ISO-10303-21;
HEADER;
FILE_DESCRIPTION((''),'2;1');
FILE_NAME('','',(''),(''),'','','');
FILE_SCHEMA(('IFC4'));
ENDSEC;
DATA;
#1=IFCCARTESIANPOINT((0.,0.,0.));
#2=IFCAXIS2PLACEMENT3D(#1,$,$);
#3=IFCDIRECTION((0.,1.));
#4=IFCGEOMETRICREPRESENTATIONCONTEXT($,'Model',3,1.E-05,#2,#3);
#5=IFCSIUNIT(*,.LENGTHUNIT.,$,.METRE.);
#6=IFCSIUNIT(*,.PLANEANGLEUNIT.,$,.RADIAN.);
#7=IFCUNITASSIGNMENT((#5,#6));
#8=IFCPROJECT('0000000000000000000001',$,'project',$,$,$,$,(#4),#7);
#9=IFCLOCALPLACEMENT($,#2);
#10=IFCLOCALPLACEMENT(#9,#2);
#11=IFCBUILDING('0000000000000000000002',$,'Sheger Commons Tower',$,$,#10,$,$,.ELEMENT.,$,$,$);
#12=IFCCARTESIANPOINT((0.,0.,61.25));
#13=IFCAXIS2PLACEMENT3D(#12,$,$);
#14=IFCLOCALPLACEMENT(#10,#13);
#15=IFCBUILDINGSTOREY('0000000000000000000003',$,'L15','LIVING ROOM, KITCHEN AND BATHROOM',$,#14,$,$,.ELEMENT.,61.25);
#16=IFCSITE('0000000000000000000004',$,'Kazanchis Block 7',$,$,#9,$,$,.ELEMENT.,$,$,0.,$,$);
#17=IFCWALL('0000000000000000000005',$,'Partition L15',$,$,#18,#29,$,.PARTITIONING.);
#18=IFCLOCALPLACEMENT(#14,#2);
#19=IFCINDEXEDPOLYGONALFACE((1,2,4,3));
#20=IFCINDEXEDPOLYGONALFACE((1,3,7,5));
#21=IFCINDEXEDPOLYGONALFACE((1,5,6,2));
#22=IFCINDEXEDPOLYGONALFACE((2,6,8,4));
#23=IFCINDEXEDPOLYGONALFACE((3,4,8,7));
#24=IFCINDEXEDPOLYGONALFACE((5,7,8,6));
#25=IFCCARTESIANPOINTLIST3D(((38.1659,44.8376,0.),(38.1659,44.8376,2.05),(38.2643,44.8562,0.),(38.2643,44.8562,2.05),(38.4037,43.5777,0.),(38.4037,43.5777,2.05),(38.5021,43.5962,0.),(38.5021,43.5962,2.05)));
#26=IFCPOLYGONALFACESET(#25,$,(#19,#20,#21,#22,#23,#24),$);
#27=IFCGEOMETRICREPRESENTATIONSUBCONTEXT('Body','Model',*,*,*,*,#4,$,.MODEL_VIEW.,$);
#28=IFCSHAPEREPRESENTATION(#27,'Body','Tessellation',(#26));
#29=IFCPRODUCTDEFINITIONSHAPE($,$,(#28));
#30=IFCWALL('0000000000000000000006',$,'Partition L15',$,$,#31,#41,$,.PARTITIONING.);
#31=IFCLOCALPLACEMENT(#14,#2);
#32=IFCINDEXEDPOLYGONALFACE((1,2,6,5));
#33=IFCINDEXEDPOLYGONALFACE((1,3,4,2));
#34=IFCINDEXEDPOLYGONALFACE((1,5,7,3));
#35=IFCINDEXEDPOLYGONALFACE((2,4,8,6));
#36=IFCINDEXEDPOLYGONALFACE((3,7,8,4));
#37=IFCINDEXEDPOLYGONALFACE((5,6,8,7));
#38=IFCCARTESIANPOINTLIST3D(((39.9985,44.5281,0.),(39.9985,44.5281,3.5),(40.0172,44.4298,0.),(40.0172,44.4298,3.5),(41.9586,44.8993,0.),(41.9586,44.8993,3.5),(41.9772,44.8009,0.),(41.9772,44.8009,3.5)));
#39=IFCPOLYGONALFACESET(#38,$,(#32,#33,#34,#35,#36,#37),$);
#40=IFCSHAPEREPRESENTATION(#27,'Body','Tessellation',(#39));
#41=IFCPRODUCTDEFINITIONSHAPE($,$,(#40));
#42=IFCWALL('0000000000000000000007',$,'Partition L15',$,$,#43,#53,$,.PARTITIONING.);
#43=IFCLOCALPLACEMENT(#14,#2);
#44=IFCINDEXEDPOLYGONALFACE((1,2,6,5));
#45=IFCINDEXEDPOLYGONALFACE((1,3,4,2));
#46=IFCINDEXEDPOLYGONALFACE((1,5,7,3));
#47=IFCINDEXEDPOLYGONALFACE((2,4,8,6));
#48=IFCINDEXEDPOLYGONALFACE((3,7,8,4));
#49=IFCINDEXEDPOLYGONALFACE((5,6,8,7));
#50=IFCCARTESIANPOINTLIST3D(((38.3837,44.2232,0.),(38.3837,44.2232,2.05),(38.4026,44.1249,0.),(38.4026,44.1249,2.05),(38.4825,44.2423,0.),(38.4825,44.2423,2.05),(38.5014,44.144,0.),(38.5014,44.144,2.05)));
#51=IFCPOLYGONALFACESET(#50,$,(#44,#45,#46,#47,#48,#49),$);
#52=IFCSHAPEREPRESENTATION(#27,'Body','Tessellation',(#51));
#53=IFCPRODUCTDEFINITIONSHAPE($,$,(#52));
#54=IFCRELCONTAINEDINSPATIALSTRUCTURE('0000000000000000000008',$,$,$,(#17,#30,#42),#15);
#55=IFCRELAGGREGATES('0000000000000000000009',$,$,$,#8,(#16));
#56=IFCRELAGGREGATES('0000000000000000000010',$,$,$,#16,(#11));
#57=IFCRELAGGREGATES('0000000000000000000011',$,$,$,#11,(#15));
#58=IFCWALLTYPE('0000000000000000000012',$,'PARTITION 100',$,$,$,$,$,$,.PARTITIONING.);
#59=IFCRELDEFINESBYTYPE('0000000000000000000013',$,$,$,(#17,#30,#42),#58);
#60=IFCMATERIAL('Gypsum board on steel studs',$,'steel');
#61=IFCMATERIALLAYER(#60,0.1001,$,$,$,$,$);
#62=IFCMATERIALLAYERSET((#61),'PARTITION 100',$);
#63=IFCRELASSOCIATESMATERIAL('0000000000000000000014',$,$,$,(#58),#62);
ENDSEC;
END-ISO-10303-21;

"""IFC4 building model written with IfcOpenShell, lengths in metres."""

from ifc_helpers import new_model, si_unit, direction, frame, frame_2d, origin, place, context, subcontext, project, spatial, rectangle, extrude, material, layer, layer_set, type_object, element, save


model = new_model("IFC4")

# Units and contexts
model_context = context("Model", 3, precision=1e-05, world=origin(), true_north=direction((0.0, 1.0)))
body_context = subcontext(model_context, "Body", "Model", "MODEL_VIEW")
ifc_project = project(units=[si_unit("LENGTHUNIT", "METRE"), si_unit("PLANEANGLEUNIT", "RADIAN")], contexts=[model_context])

# Site, building, storey
site_placement = place(None, origin())
site = spatial("IfcSite", under=ifc_project, at=site_placement, Name="Kazanchis Block 7", CompositionType="ELEMENT", RefElevation=0.0)
building_placement = place(site_placement, origin())
building = spatial("IfcBuilding", under=site, at=building_placement, Name="Sheger Commons Tower", CompositionType="ELEMENT")
storey_placement = place(building_placement, frame((0.0, 0.0, 61.25)))
storey = spatial("IfcBuildingStorey", under=building, at=storey_placement, Name="L15", Description="LIVING ROOM, KITCHEN AND BATHROOM", CompositionType="ELEMENT", Elevation=61.25)

# Walls
ifc_material_1 = material(Name="Gypsum board on steel studs", Category="steel")
ifc_layer_1 = layer(ifc_material_1, 0.1001)
ifc_layer_set_1 = layer_set([ifc_layer_1], Name="PARTITION 100")
wall_type_1 = type_object("IfcWallType", Name="PARTITION 100", PredefinedType="PARTITIONING", material=ifc_layer_set_1)
wall_1_placement = place(storey_placement, frame((38.2151, 44.8469, 0.0), z_axis=(0.0, 0.0, 1.0), x_axis=(0.185449, -0.982654, 0.0)))
element("IfcWall", 1, at=wall_1_placement, inside=storey, type_object=wall_type_1, Name="Partition L15", PredefinedType="PARTITIONING", context=body_context, shape_type="SweptSolid", body=[
    extrude(rectangle(XDim=1.2822, YDim=0.1001, at=frame_2d((0.6411, 0.0))), origin(), (0.0, 0.0, 1.0), 2.05),
])
wall_2_placement = place(storey_placement, frame((41.968, 44.8501, 0.0), z_axis=(0.0, 0.0, 1.0), x_axis=(-0.982544, -0.186032, 0.0)))
element("IfcWall", 2, at=wall_2_placement, inside=storey, type_object=wall_type_1, Name="Partition L15", PredefinedType="PARTITIONING", context=body_context, shape_type="SweptSolid", body=[
    extrude(rectangle(XDim=1.9949, YDim=0.1001, at=frame_2d((0.9976, 0.0))), origin(), (0.0, 0.0, 1.0), 3.5),
])
wall_3_placement = place(storey_placement, frame((38.4919, 44.1931, 0.0), z_axis=(0.0, 0.0, 1.0), x_axis=(-0.981955, -0.189117, 0.0)))
element("IfcWall", 3, at=wall_3_placement, inside=storey, type_object=wall_type_1, Name="Partition L15", PredefinedType="PARTITIONING", context=body_context, shape_type="SweptSolid", body=[
    extrude(rectangle(XDim=0.1006, YDim=0.1001, at=frame_2d((0.0503, 0.0))), origin(), (0.0, 0.0, 1.0), 2.05),
])

save(model, "model.ifc")
